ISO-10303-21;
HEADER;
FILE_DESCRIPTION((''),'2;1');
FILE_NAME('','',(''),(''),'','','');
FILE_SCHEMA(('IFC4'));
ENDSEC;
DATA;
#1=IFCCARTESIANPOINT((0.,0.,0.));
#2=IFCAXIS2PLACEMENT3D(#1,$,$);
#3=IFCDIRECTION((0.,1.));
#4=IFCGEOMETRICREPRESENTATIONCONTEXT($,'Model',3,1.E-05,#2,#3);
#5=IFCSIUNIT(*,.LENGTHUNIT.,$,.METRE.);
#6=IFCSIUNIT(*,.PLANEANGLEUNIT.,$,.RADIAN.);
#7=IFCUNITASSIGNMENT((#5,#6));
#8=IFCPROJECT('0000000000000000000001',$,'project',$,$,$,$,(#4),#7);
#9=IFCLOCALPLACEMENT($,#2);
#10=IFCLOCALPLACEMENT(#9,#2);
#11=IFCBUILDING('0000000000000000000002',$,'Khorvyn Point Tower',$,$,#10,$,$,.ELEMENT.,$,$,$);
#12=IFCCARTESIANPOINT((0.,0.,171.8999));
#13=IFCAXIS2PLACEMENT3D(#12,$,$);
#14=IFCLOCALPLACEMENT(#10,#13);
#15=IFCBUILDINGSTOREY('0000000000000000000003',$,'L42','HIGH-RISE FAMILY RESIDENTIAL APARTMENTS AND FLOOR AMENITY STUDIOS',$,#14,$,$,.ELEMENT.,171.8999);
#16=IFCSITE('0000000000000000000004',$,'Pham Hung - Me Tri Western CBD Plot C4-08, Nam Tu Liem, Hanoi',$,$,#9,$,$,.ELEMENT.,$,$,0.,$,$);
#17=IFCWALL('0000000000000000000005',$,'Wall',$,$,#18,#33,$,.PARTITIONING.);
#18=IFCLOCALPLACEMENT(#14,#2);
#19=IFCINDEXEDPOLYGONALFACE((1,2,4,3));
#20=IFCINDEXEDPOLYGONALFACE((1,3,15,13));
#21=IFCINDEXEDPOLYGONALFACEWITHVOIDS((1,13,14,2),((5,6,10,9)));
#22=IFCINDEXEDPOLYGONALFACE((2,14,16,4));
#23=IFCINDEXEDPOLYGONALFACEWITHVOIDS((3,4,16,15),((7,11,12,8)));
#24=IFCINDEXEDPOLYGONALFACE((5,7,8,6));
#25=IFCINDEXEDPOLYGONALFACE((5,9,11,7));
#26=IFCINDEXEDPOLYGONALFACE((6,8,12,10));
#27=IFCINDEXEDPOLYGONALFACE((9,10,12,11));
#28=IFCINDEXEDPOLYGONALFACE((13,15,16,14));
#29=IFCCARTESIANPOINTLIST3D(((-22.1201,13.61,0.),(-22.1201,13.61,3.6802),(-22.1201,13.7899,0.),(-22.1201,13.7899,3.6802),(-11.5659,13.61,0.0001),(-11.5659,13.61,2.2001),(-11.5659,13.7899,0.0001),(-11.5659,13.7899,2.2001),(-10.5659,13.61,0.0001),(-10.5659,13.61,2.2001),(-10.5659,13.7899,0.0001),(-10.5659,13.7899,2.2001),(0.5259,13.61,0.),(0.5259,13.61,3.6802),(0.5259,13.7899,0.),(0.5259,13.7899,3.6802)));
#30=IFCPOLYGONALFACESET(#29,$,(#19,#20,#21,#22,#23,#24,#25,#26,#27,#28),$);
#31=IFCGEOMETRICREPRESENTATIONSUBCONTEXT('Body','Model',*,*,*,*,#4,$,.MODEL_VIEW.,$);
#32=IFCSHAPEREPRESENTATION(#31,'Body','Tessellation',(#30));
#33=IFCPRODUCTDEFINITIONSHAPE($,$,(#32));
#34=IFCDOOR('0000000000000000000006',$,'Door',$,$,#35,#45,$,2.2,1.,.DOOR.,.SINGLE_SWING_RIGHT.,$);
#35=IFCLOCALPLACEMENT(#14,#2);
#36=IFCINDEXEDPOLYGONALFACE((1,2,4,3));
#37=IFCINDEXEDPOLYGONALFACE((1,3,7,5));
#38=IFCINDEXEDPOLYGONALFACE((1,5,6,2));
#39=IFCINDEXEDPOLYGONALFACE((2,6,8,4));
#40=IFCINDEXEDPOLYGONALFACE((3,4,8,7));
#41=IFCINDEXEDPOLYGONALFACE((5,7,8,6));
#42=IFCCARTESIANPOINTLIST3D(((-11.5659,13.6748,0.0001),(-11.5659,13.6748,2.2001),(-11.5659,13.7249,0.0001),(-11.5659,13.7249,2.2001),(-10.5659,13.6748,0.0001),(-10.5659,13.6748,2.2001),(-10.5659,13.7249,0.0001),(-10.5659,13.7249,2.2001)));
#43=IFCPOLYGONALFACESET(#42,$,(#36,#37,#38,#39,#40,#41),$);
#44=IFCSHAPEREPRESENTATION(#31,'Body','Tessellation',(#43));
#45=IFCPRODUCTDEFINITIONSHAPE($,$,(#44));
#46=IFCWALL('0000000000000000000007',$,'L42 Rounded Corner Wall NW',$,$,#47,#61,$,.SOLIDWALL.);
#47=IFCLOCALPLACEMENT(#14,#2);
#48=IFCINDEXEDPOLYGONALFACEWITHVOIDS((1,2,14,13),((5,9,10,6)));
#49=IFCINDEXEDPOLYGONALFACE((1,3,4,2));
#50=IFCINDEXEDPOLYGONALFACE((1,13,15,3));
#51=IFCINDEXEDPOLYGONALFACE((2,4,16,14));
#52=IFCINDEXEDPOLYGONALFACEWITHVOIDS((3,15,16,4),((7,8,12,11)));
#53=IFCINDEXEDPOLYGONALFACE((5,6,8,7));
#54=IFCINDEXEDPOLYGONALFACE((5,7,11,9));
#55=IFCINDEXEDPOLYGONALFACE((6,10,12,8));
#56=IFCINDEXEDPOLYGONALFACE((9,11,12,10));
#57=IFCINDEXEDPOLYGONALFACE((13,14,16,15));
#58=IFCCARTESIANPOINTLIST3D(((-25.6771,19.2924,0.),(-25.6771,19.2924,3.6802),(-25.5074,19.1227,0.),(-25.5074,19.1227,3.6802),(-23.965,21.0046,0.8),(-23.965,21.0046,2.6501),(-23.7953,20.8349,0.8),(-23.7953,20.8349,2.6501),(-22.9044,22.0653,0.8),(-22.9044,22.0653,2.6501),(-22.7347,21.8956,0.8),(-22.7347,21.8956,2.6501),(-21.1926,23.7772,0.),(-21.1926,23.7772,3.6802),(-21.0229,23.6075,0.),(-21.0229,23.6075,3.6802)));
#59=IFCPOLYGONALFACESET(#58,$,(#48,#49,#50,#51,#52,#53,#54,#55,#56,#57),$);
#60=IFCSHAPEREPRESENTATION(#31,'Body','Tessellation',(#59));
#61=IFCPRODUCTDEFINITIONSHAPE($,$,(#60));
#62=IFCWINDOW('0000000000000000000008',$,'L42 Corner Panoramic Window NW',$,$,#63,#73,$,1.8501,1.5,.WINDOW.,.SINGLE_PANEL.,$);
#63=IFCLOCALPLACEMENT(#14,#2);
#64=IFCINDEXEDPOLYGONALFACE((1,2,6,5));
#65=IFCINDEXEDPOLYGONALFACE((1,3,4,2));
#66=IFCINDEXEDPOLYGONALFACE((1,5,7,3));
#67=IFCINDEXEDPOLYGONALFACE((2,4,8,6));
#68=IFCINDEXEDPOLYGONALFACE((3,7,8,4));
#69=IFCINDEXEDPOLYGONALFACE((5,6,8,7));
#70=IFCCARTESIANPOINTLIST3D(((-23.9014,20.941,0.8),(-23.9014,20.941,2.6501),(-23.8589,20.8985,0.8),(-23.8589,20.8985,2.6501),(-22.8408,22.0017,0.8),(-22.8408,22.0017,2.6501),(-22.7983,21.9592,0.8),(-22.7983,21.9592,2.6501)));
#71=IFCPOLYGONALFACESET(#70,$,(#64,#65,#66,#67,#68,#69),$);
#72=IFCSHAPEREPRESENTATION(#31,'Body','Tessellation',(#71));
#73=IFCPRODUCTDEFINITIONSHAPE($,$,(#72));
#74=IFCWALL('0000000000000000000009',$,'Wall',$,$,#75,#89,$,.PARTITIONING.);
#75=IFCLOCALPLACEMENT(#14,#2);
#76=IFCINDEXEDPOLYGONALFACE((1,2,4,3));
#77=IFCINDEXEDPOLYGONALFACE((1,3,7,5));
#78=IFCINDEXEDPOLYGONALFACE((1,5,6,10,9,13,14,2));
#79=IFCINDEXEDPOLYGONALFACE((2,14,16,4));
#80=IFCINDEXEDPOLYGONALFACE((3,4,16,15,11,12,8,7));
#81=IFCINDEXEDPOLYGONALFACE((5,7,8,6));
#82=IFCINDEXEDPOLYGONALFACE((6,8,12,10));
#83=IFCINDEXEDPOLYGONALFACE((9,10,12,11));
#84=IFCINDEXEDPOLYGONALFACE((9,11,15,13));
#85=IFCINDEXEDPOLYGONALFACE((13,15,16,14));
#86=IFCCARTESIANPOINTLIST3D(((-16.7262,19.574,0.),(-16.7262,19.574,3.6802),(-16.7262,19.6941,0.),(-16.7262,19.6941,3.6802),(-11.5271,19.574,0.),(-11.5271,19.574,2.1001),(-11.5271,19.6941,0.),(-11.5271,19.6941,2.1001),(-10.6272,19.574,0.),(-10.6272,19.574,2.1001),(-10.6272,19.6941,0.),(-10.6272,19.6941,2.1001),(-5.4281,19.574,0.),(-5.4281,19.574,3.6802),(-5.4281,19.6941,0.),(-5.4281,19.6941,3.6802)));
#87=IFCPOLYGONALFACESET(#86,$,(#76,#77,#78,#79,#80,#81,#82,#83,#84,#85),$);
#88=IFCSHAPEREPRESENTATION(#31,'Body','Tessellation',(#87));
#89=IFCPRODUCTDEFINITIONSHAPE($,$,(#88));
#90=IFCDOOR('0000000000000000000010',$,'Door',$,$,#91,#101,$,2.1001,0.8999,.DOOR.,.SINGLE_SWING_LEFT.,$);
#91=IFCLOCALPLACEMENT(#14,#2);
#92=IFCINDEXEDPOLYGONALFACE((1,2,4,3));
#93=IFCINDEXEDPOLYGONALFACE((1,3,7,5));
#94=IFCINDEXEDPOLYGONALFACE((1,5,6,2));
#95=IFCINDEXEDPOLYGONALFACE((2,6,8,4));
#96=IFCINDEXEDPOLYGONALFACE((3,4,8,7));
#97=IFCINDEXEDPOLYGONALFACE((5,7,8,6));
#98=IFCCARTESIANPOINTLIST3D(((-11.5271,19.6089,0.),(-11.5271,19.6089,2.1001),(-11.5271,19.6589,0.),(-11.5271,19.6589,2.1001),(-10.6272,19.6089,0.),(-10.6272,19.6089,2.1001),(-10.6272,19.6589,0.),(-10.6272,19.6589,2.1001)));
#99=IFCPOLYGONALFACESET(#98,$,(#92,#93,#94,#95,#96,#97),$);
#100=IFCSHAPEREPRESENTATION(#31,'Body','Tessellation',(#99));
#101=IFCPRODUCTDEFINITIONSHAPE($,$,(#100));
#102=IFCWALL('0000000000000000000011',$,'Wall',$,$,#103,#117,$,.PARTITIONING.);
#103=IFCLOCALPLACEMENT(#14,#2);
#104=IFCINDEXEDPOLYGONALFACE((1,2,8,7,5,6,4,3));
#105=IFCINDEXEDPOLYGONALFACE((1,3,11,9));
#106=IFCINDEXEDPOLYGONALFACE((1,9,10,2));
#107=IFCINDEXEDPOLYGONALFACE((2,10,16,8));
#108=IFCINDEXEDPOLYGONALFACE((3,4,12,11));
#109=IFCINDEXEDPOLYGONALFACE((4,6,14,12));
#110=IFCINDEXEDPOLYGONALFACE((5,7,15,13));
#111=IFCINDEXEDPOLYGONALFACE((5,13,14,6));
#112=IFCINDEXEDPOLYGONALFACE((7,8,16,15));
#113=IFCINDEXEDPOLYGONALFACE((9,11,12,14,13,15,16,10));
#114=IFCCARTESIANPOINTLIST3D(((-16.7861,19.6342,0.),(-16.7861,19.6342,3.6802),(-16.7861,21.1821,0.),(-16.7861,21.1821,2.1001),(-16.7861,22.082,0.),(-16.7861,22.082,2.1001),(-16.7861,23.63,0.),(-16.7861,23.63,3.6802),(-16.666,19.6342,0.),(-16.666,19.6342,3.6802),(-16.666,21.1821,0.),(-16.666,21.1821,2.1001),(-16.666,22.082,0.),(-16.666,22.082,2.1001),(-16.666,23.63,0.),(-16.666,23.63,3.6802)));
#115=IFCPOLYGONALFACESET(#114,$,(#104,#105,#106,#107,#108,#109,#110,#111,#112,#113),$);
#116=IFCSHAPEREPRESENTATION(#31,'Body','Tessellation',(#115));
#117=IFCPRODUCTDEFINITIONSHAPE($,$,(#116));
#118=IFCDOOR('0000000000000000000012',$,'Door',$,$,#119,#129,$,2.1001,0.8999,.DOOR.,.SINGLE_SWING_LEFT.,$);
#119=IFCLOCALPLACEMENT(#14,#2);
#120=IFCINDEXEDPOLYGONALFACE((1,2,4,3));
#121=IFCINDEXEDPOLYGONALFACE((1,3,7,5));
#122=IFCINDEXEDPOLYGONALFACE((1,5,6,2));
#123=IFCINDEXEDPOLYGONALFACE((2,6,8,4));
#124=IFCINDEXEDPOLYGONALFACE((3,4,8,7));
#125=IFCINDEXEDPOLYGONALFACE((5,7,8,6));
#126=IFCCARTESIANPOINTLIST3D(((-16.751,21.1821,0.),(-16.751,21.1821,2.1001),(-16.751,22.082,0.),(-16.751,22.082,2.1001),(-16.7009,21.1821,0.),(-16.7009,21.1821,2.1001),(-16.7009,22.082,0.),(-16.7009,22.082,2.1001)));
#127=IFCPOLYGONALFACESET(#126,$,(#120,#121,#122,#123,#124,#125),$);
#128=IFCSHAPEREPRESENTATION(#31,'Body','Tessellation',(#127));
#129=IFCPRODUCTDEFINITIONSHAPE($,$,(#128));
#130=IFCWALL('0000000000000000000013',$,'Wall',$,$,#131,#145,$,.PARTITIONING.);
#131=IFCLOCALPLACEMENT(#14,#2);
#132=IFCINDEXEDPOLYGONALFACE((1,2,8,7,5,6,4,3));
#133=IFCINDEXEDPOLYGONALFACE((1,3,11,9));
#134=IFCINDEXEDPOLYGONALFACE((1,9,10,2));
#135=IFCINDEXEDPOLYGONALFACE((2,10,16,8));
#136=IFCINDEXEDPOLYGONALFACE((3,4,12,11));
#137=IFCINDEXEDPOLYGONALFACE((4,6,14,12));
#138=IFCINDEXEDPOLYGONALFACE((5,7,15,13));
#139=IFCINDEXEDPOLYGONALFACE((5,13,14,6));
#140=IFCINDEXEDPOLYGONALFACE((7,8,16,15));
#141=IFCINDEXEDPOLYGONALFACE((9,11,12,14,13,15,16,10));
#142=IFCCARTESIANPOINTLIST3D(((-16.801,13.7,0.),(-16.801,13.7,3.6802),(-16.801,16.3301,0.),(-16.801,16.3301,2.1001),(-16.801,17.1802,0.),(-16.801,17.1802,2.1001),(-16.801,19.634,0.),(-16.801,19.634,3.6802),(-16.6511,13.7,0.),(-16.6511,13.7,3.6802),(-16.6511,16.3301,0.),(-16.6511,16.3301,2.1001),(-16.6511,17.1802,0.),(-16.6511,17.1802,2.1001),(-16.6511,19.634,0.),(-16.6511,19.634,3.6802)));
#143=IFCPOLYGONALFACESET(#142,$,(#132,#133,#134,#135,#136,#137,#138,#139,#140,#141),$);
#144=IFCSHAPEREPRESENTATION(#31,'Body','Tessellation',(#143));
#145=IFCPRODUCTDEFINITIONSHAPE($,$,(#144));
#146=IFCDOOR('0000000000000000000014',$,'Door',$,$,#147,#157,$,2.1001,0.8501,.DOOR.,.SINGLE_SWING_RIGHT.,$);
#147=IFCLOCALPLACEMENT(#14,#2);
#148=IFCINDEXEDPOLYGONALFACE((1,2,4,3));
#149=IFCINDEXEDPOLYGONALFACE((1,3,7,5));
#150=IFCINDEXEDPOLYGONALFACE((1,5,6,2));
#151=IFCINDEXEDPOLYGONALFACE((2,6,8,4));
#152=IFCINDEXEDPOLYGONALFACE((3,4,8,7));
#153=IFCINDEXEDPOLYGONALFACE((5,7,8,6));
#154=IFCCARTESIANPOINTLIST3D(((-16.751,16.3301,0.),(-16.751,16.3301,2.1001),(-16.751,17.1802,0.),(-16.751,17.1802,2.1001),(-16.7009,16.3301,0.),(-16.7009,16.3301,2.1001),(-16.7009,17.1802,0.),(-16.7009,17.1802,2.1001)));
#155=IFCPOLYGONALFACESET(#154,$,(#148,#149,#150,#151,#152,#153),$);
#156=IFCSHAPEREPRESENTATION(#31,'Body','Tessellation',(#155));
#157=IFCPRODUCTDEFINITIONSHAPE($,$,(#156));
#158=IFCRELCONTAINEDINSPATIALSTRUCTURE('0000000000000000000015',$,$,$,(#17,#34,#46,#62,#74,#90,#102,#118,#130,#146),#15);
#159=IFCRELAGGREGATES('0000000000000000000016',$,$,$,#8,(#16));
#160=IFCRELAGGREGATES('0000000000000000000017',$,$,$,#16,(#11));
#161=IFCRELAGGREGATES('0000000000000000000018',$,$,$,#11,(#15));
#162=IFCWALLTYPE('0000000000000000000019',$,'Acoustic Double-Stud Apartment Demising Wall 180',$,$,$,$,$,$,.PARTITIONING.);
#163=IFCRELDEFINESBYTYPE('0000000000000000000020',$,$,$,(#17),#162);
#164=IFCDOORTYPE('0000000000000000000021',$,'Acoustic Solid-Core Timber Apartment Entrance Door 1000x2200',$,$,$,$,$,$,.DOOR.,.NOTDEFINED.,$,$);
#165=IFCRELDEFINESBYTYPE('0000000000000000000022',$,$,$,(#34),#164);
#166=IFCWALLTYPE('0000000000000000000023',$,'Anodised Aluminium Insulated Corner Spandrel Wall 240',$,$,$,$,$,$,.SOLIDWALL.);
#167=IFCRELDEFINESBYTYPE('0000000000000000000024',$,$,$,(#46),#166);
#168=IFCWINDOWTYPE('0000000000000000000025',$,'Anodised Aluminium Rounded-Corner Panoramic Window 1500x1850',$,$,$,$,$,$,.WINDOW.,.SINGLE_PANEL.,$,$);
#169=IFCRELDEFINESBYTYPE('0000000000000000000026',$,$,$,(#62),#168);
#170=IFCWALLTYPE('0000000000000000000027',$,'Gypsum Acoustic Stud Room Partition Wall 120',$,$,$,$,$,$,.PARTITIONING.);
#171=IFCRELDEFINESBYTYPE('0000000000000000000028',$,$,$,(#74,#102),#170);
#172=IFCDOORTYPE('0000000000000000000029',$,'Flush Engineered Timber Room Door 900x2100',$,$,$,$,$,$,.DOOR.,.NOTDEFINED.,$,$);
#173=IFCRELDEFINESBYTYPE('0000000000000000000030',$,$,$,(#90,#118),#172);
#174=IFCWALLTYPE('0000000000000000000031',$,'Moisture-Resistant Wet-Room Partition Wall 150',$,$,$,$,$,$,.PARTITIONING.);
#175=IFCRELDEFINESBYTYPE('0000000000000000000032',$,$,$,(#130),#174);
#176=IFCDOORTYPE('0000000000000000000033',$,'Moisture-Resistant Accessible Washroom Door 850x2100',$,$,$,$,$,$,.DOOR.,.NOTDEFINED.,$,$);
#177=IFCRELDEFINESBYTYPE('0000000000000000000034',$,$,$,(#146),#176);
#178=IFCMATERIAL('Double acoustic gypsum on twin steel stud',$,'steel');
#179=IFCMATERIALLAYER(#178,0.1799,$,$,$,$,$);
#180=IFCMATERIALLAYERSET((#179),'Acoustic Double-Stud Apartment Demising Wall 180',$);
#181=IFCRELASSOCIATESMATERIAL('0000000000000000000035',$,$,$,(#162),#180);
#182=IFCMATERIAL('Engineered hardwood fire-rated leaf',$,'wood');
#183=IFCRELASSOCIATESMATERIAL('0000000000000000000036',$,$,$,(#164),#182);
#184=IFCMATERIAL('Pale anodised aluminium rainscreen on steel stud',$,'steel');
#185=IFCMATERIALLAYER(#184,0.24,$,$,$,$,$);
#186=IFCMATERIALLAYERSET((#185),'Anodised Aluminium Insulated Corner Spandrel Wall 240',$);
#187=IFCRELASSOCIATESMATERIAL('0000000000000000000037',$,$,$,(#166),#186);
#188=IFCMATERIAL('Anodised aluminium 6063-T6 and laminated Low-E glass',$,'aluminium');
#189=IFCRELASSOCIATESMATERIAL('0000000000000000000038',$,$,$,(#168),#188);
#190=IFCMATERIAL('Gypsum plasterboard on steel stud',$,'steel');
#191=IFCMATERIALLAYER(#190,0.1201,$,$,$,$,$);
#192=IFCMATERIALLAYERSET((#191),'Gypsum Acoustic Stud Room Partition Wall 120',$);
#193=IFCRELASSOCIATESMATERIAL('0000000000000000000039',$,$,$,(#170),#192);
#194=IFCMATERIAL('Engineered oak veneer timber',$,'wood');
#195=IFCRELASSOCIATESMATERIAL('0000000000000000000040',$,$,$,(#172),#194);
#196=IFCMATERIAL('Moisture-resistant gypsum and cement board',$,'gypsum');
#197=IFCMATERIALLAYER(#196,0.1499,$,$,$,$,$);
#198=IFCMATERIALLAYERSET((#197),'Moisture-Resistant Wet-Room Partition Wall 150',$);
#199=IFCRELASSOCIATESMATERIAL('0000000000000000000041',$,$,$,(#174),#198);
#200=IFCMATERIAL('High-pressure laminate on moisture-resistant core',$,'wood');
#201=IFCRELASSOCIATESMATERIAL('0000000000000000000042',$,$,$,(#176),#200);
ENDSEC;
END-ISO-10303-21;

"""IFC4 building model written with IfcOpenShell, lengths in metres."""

from ifc_helpers import new_model, si_unit, direction, frame, frame_2d, origin, place, context, subcontext, project, spatial, rectangle, extrude, material, layer, layer_set, type_object, element, fill, save


model = new_model("IFC4")

# Units and contexts
model_context = context("Model", 3, precision=1e-05, world=origin(), true_north=direction((0.0, 1.0)))
body_context = subcontext(model_context, "Body", "Model", "MODEL_VIEW")
ifc_project = project(units=[si_unit("LENGTHUNIT", "METRE"), si_unit("PLANEANGLEUNIT", "RADIAN")], contexts=[model_context])

# Site, building, storey
site_placement = place(None, origin())
site = spatial("IfcSite", under=ifc_project, at=site_placement, Name="Pham Hung - Me Tri Western CBD Plot C4-08, Nam Tu Liem, Hanoi", CompositionType="ELEMENT", RefElevation=0.0)
building_placement = place(site_placement, origin())
building = spatial("IfcBuilding", under=site, at=building_placement, Name="Khorvyn Point Tower", CompositionType="ELEMENT")
storey_placement = place(building_placement, frame((0.0, 0.0, 171.8999)))
storey = spatial("IfcBuildingStorey", under=building, at=storey_placement, Name="L42", Description="HIGH-RISE FAMILY RESIDENTIAL APARTMENTS AND FLOOR AMENITY STUDIOS", CompositionType="ELEMENT", Elevation=171.8999)

# Shared definitions
ifc_material_1 = material(Name="Anodised aluminium 6063-T6 and laminated Low-E glass", Category="aluminium")

# Wall, opening, door
ifc_material_2 = material(Name="Double acoustic gypsum on twin steel stud", Category="steel")
ifc_layer_1 = layer(ifc_material_2, 0.1799)
ifc_layer_set_1 = layer_set([ifc_layer_1], Name="Acoustic Double-Stud Apartment Demising Wall 180")
wall_type_1 = type_object("IfcWallType", Name="Acoustic Double-Stud Apartment Demising Wall 180", PredefinedType="PARTITIONING", material=ifc_layer_set_1)
wall_1_placement = place(storey_placement, frame((-22.1201, 13.7, 0.0), z_axis=(0.0, 0.0, 1.0), x_axis=(1.0, 0.0, 0.0)))
wall_1 = element("IfcWall", 1, at=wall_1_placement, inside=storey, type_object=wall_type_1, Name="Wall", PredefinedType="PARTITIONING", context=body_context, shape_type="SweptSolid", body=[
    extrude(rectangle(XDim=22.646, YDim=0.1799, at=frame_2d((11.323, 0.0))), origin(), (0.0, 0.0, 1.0), 3.6802),
])
opening_1_placement = place(wall_1_placement, frame((10.5542, 0.0, 0.0)))
opening_1 = element("IfcOpeningElement", 2, at=opening_1_placement, cuts=wall_1, PredefinedType="OPENING", context=body_context, shape_type="SweptSolid", body=[
    extrude(rectangle(XDim=1.0, YDim=2.2, at=frame_2d((0.5, 1.1001))), frame((0.0, 0.0999, 0.0), z_axis=(0.0, -1.0, 0.0), x_axis=(1.0, 0.0, 0.0)), (0.0, 0.0, 1.0), 0.2),
])
ifc_material_3 = material(Name="Engineered hardwood fire-rated leaf", Category="wood")
door_type_1 = type_object("IfcDoorType", Name="Acoustic Solid-Core Timber Apartment Entrance Door 1000x2200", OperationType="NOTDEFINED", PredefinedType="DOOR", material=ifc_material_3)
door_1_placement = place(opening_1_placement, origin())
door_1 = element("IfcDoor", 3, at=door_1_placement, inside=storey, type_object=door_type_1, Name="Door", OperationType="SINGLE_SWING_RIGHT", OverallHeight=2.2, OverallWidth=1.0, PredefinedType="DOOR", context=body_context, shape_type="SweptSolid", body=[
    extrude(rectangle(XDim=1.0, YDim=2.2, at=frame_2d((0.5, 1.1001))), frame((0.0, 0.0249, 0.0), z_axis=(0.0, -1.0, 0.0), x_axis=(1.0, 0.0, 0.0)), (0.0, 0.0, 1.0), 0.05),
])
fill(opening_1, door_1)

# Wall, opening, window
ifc_material_4 = material(Name="Pale anodised aluminium rainscreen on steel stud", Category="steel")
ifc_layer_2 = layer(ifc_material_4, 0.24)
ifc_layer_set_2 = layer_set([ifc_layer_2], Name="Anodised Aluminium Insulated Corner Spandrel Wall 240")
wall_type_2 = type_object("IfcWallType", Name="Anodised Aluminium Insulated Corner Spandrel Wall 240", PredefinedType="SOLIDWALL", material=ifc_layer_set_2)
wall_2_placement = place(storey_placement, frame((-25.5923, 19.2075, 0.0), z_axis=(0.0, 0.0, 1.0), x_axis=(0.707088, 0.707126, 0.0)))
wall_2 = element("IfcWall", 4, at=wall_2_placement, inside=storey, type_object=wall_type_2, Name="L42 Rounded Corner Wall NW", PredefinedType="SOLIDWALL", context=body_context, shape_type="SweptSolid", body=[
    extrude(rectangle(XDim=6.3423, YDim=0.24, at=frame_2d((3.1711, 0.0))), origin(), (0.0, 0.0, 1.0), 3.6802),
])
opening_2_placement = place(wall_2_placement, frame((2.4214, 0.0, 0.8)))
opening_2 = element("IfcOpeningElement", 5, at=opening_2_placement, cuts=wall_2, PredefinedType="OPENING", context=body_context, shape_type="SweptSolid", body=[
    extrude(rectangle(XDim=1.5, YDim=1.8501, at=frame_2d((0.75, 0.925))), frame((0.0, 0.1299, 0.0), z_axis=(0.0, -1.0, 0.0), x_axis=(1.0, 0.0, 0.0)), (0.0, 0.0, 1.0), 0.26),
])
window_type = type_object("IfcWindowType", Name="Anodised Aluminium Rounded-Corner Panoramic Window 1500x1850", PartitioningType="SINGLE_PANEL", PredefinedType="WINDOW", material=ifc_material_1)
window_placement = place(opening_2_placement, origin())
window = element("IfcWindow", 6, at=window_placement, inside=storey, type_object=window_type, Name="L42 Corner Panoramic Window NW", OverallHeight=1.8501, OverallWidth=1.5, PartitioningType="SINGLE_PANEL", PredefinedType="WINDOW", context=body_context, shape_type="SweptSolid", body=[
    extrude(rectangle(XDim=1.5, YDim=1.8501, at=frame_2d((0.75, 0.925))), frame((0.0, 0.03, 0.0), z_axis=(0.0, -1.0, 0.0), x_axis=(1.0, 0.0, 0.0)), (0.0, 0.0, 1.0), 0.0601),
])
fill(opening_2, window)

# Walls, openings, doors
ifc_material_5 = material(Name="Gypsum plasterboard on steel stud", Category="steel")
ifc_layer_3 = layer(ifc_material_5, 0.1201)
ifc_layer_set_3 = layer_set([ifc_layer_3], Name="Gypsum Acoustic Stud Room Partition Wall 120")
wall_type_3 = type_object("IfcWallType", Name="Gypsum Acoustic Stud Room Partition Wall 120", PredefinedType="PARTITIONING", material=ifc_layer_set_3)
wall_3_placement = place(storey_placement, frame((-16.7261, 19.634, 0.0), z_axis=(0.0, 0.0, 1.0), x_axis=(1.0, 0.0, 0.0)))
wall_3 = element("IfcWall", 7, at=wall_3_placement, inside=storey, type_object=wall_type_3, Name="Wall", PredefinedType="PARTITIONING", context=body_context, shape_type="SweptSolid", body=[
    extrude(rectangle(XDim=11.2981, YDim=0.1201, at=frame_2d((5.6489, 0.0))), origin(), (0.0, 0.0, 1.0), 3.6802),
])
opening_3_placement = place(wall_3_placement, frame((5.199, 0.0, 0.0)))
opening_3 = element("IfcOpeningElement", 8, at=opening_3_placement, cuts=wall_3, PredefinedType="OPENING", context=body_context, shape_type="SweptSolid", body=[
    extrude(rectangle(XDim=0.8999, YDim=2.1001, at=frame_2d((0.45, 1.05))), frame((0.0, 0.0701, 0.0), z_axis=(0.0, -1.0, 0.0), x_axis=(1.0, 0.0, 0.0)), (0.0, 0.0, 1.0), 0.1401),
])
ifc_material_6 = material(Name="Engineered oak veneer timber", Category="wood")
door_type_2 = type_object("IfcDoorType", Name="Flush Engineered Timber Room Door 900x2100", OperationType="NOTDEFINED", PredefinedType="DOOR", material=ifc_material_6)
door_2_placement = place(opening_3_placement, origin())
door_2 = element("IfcDoor", 9, at=door_2_placement, inside=storey, type_object=door_type_2, Name="Door", OperationType="SINGLE_SWING_LEFT", OverallHeight=2.1001, OverallWidth=0.8999, PredefinedType="DOOR", context=body_context, shape_type="SweptSolid", body=[
    extrude(rectangle(XDim=0.8999, YDim=2.1001, at=frame_2d((0.45, 1.05))), frame((0.0, 0.0249, 0.0), z_axis=(0.0, -1.0, 0.0), x_axis=(1.0, 0.0, 0.0)), (0.0, 0.0, 1.0), 0.05),
])
fill(opening_3, door_2)
wall_4_placement = place(storey_placement, frame((-16.7261, 19.634, 0.0), z_axis=(0.0, 0.0, 1.0), x_axis=(0.0, 1.0, 0.0)))
wall_4 = element("IfcWall", 10, at=wall_4_placement, inside=storey, type_object=wall_type_3, Name="Wall", PredefinedType="PARTITIONING", context=body_context, shape_type="SweptSolid", body=[
    extrude(rectangle(XDim=3.9958, YDim=0.1201, at=frame_2d((1.998, 0.0))), origin(), (0.0, 0.0, 1.0), 3.6802),
])
opening_4_placement = place(wall_4_placement, frame((1.5481, 0.0, 0.0)))
opening_4 = element("IfcOpeningElement", 11, at=opening_4_placement, cuts=wall_4, PredefinedType="OPENING", context=body_context, shape_type="SweptSolid", body=[
    extrude(rectangle(XDim=0.8999, YDim=2.1001, at=frame_2d((0.45, 1.05))), frame((0.0, 0.0701, 0.0), z_axis=(0.0, -1.0, 0.0), x_axis=(1.0, 0.0, 0.0)), (0.0, 0.0, 1.0), 0.1401),
])
door_3_placement = place(opening_4_placement, origin())
door_3 = element("IfcDoor", 12, at=door_3_placement, inside=storey, type_object=door_type_2, Name="Door", OperationType="SINGLE_SWING_LEFT", OverallHeight=2.1001, OverallWidth=0.8999, PredefinedType="DOOR", context=body_context, shape_type="SweptSolid", body=[
    extrude(rectangle(XDim=0.8999, YDim=2.1001, at=frame_2d((0.45, 1.05))), frame((0.0, 0.0249, 0.0), z_axis=(0.0, -1.0, 0.0), x_axis=(1.0, 0.0, 0.0)), (0.0, 0.0, 1.0), 0.05),
])
fill(opening_4, door_3)
ifc_material_7 = material(Name="Moisture-resistant gypsum and cement board", Category="gypsum")
ifc_layer_4 = layer(ifc_material_7, 0.1499)
ifc_layer_set_4 = layer_set([ifc_layer_4], Name="Moisture-Resistant Wet-Room Partition Wall 150")
wall_type_4 = type_object("IfcWallType", Name="Moisture-Resistant Wet-Room Partition Wall 150", PredefinedType="PARTITIONING", material=ifc_layer_set_4)
wall_5_placement = place(storey_placement, frame((-16.7261, 13.7, 0.0), z_axis=(0.0, 0.0, 1.0), x_axis=(0.0, 1.0, 0.0)))
wall_5 = element("IfcWall", 13, at=wall_5_placement, inside=storey, type_object=wall_type_4, Name="Wall", PredefinedType="PARTITIONING", context=body_context, shape_type="SweptSolid", body=[
    extrude(rectangle(XDim=5.9341, YDim=0.1499, at=frame_2d((2.967, 0.0))), origin(), (0.0, 0.0, 1.0), 3.6802),
])
opening_5_placement = place(wall_5_placement, frame((2.6301, 0.0, 0.0)))
opening_5 = element("IfcOpeningElement", 14, at=opening_5_placement, cuts=wall_5, PredefinedType="OPENING", context=body_context, shape_type="SweptSolid", body=[
    extrude(rectangle(XDim=0.8501, YDim=2.1001, at=frame_2d((0.425, 1.05))), frame((0.0, 0.085, 0.0), z_axis=(0.0, -1.0, 0.0), x_axis=(1.0, 0.0, 0.0)), (0.0, 0.0, 1.0), 0.1699),
])
ifc_material_8 = material(Name="High-pressure laminate on moisture-resistant core", Category="wood")
door_type_3 = type_object("IfcDoorType", Name="Moisture-Resistant Accessible Washroom Door 850x2100", OperationType="NOTDEFINED", PredefinedType="DOOR", material=ifc_material_8)
door_4_placement = place(opening_5_placement, origin())
door_4 = element("IfcDoor", 15, at=door_4_placement, inside=storey, type_object=door_type_3, Name="Door", OperationType="SINGLE_SWING_RIGHT", OverallHeight=2.1001, OverallWidth=0.8501, PredefinedType="DOOR", context=body_context, shape_type="SweptSolid", body=[
    extrude(rectangle(XDim=0.8501, YDim=2.1001, at=frame_2d((0.425, 1.05))), frame((0.0, 0.0249, 0.0), z_axis=(0.0, -1.0, 0.0), x_axis=(1.0, 0.0, 0.0)), (0.0, 0.0, 1.0), 0.05),
])
fill(opening_5, door_4)

save(model, "model.ifc")
